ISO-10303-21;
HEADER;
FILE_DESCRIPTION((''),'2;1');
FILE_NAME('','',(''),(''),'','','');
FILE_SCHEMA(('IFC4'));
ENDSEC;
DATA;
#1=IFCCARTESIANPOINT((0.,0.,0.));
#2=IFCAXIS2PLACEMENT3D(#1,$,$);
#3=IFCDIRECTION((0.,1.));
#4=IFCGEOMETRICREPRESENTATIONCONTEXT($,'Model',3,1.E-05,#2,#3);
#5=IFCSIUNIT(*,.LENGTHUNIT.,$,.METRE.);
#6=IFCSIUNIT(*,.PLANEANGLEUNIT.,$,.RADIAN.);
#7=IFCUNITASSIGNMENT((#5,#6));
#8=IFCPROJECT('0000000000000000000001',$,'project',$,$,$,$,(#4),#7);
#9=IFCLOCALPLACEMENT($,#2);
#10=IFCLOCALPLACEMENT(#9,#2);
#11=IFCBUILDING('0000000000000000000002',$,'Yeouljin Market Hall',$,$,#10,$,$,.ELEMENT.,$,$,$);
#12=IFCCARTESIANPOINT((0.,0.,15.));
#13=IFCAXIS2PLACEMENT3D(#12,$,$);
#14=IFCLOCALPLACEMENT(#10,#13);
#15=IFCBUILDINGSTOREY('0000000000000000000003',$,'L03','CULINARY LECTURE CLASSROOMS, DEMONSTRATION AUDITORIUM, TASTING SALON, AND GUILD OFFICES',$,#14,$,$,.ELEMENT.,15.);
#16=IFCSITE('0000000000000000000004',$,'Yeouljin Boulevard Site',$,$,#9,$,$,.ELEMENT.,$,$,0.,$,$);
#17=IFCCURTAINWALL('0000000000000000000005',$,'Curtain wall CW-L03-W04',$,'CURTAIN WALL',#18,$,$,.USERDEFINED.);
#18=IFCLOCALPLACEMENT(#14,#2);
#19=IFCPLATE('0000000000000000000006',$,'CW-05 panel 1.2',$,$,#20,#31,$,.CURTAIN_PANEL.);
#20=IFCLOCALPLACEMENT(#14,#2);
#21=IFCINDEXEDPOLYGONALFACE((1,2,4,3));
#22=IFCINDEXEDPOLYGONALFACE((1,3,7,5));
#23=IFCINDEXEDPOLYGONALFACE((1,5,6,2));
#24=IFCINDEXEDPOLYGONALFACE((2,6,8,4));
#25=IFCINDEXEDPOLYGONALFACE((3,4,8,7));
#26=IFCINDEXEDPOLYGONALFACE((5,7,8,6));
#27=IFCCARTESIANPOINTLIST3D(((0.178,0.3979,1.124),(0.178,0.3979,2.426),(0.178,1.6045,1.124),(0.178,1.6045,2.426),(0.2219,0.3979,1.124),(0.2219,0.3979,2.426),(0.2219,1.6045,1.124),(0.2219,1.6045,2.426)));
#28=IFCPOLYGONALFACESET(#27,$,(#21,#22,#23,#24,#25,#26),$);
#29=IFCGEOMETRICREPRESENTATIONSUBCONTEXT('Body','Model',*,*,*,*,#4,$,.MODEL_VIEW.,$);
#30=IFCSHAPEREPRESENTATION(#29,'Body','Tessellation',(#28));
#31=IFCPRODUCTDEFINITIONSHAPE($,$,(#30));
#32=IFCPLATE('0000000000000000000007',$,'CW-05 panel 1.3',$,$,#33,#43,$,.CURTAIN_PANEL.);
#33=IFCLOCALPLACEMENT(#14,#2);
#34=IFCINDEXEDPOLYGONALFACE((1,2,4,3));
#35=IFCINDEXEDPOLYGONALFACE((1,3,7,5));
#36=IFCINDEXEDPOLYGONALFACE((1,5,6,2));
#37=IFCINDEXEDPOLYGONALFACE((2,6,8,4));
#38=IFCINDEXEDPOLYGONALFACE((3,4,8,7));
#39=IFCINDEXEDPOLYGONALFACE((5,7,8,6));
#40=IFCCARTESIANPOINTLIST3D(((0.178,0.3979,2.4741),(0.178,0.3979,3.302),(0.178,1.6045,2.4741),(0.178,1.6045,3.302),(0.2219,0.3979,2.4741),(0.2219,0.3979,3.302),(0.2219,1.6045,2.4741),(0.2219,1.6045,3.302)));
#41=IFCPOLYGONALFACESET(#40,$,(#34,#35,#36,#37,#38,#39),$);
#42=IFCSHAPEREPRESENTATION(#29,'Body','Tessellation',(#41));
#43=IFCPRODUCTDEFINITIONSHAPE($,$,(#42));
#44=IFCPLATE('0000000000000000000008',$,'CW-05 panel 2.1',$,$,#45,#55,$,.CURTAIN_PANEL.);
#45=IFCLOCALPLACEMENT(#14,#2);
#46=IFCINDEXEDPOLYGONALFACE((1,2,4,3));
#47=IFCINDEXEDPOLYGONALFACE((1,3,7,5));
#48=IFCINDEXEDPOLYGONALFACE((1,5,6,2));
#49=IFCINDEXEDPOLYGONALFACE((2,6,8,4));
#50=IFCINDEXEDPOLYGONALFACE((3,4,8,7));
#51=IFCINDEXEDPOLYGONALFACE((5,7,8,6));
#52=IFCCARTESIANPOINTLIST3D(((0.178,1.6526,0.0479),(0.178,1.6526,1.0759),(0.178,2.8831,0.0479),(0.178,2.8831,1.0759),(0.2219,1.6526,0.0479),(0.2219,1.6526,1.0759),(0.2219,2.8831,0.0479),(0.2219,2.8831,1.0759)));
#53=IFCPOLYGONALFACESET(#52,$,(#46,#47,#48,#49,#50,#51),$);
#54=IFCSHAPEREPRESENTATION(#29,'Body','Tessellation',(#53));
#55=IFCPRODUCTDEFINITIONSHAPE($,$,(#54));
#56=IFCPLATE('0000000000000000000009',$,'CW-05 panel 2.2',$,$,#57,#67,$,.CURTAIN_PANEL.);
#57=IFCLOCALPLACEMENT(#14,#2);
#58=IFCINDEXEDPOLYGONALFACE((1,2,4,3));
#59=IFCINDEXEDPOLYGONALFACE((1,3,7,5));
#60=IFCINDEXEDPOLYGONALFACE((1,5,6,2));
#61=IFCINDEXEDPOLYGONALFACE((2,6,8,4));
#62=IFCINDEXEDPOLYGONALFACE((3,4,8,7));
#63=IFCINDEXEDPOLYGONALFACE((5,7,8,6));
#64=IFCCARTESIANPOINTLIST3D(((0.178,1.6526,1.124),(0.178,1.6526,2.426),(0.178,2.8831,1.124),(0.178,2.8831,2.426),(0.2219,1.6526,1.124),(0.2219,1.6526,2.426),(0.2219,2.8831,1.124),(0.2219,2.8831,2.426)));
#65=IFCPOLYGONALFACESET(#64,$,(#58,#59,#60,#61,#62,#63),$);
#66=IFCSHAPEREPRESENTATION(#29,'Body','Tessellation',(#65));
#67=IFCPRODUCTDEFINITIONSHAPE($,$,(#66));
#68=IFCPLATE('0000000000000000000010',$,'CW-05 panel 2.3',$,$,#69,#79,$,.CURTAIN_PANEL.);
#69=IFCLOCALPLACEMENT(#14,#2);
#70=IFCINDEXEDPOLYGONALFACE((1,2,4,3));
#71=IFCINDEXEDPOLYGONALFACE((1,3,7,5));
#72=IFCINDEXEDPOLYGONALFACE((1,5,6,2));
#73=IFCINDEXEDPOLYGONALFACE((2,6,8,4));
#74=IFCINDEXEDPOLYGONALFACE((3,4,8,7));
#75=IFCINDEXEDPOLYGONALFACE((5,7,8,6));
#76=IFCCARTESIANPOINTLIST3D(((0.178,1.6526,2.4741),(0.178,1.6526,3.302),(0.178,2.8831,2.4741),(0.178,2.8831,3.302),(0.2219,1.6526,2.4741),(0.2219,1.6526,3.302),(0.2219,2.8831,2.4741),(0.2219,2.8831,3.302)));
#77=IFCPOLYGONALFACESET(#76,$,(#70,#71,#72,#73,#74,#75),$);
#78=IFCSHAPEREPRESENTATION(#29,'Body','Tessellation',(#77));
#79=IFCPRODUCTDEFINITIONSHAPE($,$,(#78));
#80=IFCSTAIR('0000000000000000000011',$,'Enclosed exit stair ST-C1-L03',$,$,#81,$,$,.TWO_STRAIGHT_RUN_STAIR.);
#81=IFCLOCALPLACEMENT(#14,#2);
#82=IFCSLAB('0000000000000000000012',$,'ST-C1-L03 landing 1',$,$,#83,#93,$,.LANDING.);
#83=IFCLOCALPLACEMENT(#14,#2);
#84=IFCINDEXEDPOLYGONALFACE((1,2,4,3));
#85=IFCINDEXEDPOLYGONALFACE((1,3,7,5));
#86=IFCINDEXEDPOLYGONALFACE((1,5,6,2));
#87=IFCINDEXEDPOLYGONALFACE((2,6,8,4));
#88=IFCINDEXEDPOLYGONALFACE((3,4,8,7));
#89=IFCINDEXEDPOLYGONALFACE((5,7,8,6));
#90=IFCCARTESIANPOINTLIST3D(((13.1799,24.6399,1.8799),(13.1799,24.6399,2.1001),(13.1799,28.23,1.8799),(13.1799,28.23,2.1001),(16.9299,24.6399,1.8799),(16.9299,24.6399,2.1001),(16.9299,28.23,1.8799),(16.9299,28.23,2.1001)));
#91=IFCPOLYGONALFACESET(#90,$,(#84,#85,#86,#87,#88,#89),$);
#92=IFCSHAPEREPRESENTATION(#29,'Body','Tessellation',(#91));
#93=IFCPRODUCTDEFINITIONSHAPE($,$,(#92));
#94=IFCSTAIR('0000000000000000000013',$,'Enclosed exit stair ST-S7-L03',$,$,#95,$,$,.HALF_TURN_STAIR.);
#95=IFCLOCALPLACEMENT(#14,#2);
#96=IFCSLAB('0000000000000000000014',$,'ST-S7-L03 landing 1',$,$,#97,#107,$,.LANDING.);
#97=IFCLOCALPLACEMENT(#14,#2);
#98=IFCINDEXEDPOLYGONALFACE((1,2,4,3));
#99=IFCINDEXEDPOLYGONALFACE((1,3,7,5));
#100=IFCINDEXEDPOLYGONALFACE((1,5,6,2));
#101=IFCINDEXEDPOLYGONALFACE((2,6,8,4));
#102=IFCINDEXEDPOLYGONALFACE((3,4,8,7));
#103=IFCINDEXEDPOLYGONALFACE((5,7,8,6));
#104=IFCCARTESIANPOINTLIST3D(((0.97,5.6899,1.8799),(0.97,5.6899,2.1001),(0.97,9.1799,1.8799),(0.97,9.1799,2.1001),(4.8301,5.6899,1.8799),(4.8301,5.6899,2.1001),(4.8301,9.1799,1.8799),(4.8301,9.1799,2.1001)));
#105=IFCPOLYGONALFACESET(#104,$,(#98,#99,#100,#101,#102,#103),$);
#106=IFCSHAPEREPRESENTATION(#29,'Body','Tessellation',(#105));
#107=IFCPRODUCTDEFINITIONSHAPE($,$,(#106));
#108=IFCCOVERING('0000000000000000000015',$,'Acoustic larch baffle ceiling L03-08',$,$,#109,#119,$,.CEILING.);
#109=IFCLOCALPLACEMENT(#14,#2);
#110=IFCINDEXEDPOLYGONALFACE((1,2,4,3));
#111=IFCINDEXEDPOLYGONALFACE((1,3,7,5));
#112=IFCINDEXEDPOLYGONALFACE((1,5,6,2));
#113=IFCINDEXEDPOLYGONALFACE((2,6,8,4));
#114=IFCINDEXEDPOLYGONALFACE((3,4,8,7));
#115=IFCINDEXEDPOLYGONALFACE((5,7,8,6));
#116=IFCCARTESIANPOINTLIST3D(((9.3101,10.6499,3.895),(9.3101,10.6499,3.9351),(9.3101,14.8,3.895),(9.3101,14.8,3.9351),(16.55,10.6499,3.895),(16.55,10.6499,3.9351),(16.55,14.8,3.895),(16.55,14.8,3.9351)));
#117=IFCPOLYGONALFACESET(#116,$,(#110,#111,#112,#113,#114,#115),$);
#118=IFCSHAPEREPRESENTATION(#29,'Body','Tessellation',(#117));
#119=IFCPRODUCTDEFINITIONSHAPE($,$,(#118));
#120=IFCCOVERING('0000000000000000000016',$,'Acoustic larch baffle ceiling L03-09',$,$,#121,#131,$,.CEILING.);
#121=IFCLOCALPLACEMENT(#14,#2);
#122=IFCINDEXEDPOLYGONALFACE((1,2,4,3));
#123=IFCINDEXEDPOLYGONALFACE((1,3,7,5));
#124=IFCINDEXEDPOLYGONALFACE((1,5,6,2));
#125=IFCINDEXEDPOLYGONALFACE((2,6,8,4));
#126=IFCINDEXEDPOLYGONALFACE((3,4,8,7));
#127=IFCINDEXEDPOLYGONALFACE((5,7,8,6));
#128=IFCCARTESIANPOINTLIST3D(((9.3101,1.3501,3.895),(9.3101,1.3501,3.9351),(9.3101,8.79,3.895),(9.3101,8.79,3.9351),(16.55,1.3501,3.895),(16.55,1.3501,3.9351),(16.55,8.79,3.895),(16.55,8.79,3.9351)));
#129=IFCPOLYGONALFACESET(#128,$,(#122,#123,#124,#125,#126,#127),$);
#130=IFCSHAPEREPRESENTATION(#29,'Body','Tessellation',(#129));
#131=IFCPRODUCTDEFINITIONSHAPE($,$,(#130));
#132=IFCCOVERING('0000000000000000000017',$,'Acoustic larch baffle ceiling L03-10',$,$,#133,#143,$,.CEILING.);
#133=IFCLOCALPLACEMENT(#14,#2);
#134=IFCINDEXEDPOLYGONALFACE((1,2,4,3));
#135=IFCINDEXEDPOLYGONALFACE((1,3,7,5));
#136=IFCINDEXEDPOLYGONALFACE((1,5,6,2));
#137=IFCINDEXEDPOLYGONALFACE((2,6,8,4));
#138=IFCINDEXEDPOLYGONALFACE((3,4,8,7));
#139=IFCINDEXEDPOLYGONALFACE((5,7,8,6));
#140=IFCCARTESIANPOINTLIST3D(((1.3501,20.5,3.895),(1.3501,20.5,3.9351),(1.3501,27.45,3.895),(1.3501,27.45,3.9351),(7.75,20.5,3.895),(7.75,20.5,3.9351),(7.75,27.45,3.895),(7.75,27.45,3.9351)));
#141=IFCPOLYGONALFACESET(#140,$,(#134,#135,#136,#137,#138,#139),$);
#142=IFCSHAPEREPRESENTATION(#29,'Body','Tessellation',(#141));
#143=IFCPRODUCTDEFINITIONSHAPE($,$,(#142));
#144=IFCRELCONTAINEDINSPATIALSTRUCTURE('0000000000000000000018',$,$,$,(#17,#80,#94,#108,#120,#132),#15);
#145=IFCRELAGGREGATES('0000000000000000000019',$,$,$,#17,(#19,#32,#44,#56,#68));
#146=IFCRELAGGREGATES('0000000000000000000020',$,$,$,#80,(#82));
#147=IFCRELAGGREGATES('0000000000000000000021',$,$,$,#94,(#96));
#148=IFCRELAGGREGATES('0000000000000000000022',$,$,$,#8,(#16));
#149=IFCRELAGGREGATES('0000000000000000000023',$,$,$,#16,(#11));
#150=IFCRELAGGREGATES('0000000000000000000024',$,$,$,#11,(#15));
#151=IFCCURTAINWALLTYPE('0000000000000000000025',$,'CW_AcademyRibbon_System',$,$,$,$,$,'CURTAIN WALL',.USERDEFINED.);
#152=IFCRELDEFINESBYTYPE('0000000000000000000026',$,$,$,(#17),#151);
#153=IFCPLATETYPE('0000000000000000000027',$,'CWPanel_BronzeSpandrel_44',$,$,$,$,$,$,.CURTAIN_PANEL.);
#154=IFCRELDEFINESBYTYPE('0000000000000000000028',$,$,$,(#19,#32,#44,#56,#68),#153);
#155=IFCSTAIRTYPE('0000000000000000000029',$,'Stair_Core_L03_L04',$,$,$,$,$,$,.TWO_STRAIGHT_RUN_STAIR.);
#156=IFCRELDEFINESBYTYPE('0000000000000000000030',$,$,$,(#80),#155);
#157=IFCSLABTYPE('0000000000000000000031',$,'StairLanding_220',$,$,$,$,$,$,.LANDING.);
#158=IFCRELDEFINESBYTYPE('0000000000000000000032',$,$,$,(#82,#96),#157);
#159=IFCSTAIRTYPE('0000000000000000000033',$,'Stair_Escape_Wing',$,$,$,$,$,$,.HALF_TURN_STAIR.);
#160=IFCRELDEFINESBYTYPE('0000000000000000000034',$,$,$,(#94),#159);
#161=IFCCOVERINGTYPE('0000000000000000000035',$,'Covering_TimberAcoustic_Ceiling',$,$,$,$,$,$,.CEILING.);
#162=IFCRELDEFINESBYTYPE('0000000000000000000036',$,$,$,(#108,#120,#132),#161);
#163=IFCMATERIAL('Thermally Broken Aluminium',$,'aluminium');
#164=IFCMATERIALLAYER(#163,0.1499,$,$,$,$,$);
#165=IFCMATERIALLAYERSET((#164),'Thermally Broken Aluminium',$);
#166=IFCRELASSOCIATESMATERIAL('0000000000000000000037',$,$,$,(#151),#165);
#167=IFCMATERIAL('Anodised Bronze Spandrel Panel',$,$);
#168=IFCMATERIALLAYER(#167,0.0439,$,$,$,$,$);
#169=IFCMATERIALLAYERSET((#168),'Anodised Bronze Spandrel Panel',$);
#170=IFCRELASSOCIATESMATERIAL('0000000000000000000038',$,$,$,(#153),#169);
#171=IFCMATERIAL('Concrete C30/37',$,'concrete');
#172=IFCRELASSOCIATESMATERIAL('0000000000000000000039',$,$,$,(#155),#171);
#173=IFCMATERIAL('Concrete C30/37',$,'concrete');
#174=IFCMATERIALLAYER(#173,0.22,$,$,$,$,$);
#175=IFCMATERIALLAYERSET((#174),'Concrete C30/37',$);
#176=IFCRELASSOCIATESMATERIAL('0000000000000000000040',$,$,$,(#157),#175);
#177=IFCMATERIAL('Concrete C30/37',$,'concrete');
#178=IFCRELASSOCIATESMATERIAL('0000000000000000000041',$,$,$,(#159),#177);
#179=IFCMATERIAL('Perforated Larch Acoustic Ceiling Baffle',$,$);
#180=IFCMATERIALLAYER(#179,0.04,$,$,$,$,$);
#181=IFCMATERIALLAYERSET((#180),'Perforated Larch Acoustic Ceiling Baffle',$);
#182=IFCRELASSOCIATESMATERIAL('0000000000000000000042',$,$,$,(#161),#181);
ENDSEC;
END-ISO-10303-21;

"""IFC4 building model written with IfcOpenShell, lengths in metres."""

from ifc_helpers import new_model, si_unit, direction, frame, origin, origin_2d, place, context, subcontext, project, spatial, polyline, rectangle, outline, extrude, material, layer, layer_set, type_object, element, aggregate, save


model = new_model("IFC4")

# Units and contexts
model_context = context("Model", 3, precision=1e-05, world=origin(), true_north=direction((0.0, 1.0)))
body_context = subcontext(model_context, "Body", "Model", "MODEL_VIEW")
ifc_project = project(units=[si_unit("LENGTHUNIT", "METRE"), si_unit("PLANEANGLEUNIT", "RADIAN")], contexts=[model_context])

# Site, building, storey
site_placement = place(None, origin())
site = spatial("IfcSite", under=ifc_project, at=site_placement, Name="Yeouljin Boulevard Site", CompositionType="ELEMENT", RefElevation=0.0)
building_placement = place(site_placement, origin())
building = spatial("IfcBuilding", under=site, at=building_placement, Name="Yeouljin Market Hall", CompositionType="ELEMENT")
storey_placement = place(building_placement, frame((0.0, 0.0, 15.0)))
storey = spatial("IfcBuildingStorey", under=building, at=storey_placement, Name="L03", Description="CULINARY LECTURE CLASSROOMS, DEMONSTRATION AUDITORIUM, TASTING SALON, AND GUILD OFFICES", CompositionType="ELEMENT", Elevation=15.0)

# Curtain wall, plates
ifc_material_1 = material(Name="Thermally Broken Aluminium", Category="aluminium")
ifc_layer_1 = layer(ifc_material_1, 0.1499)
ifc_layer_set_1 = layer_set([ifc_layer_1], Name="Thermally Broken Aluminium")
curtain_wall_type = type_object("IfcCurtainWallType", Name="CW_AcademyRibbon_System", ElementType="CURTAIN WALL", PredefinedType="USERDEFINED", material=ifc_layer_set_1)
curtain_wall_placement = place(storey_placement, origin())
curtain_wall = element("IfcCurtainWall", 1, at=curtain_wall_placement, inside=storey, type_object=curtain_wall_type, Name="Curtain wall CW-L03-W04", ObjectType="CURTAIN WALL", PredefinedType="USERDEFINED")
ifc_material_2 = material(Name="Anodised Bronze Spandrel Panel")
ifc_layer_2 = layer(ifc_material_2, 0.0439)
ifc_layer_set_2 = layer_set([ifc_layer_2], Name="Anodised Bronze Spandrel Panel")
plate_type = type_object("IfcPlateType", Name="CWPanel_BronzeSpandrel_44", PredefinedType="CURTAIN_PANEL", material=ifc_layer_set_2)
plate_1_placement = place(storey_placement, frame((0.2, 1.0012, 1.124), z_axis=(0.0, 0.0, 1.0), x_axis=(0.0, 1.0, 0.0)))
plate_1 = element("IfcPlate", 2, at=plate_1_placement, type_object=plate_type, Name="CW-05 panel 1.2", PredefinedType="CURTAIN_PANEL", context=body_context, shape_type="SweptSolid", body=[
    extrude(rectangle(XDim=1.2065, YDim=0.0439, at=origin_2d()), origin(), (0.0, 0.0, 1.0), 1.302),
])
plate_2_placement = place(storey_placement, frame((0.2, 1.0012, 2.4741), z_axis=(0.0, 0.0, 1.0), x_axis=(0.0, 1.0, 0.0)))
plate_2 = element("IfcPlate", 3, at=plate_2_placement, type_object=plate_type, Name="CW-05 panel 1.3", PredefinedType="CURTAIN_PANEL", context=body_context, shape_type="SweptSolid", body=[
    extrude(rectangle(XDim=1.2065, YDim=0.0439, at=origin_2d()), origin(), (0.0, 0.0, 1.0), 0.8279),
])
plate_3_placement = place(storey_placement, frame((0.2, 2.2678, 0.0479), z_axis=(0.0, 0.0, 1.0), x_axis=(0.0, 1.0, 0.0)))
plate_3 = element("IfcPlate", 4, at=plate_3_placement, type_object=plate_type, Name="CW-05 panel 2.1", PredefinedType="CURTAIN_PANEL", context=body_context, shape_type="SweptSolid", body=[
    extrude(rectangle(XDim=1.2305, YDim=0.0439, at=origin_2d()), origin(), (0.0, 0.0, 1.0), 1.0281),
])
plate_4_placement = place(storey_placement, frame((0.2, 2.2678, 1.124), z_axis=(0.0, 0.0, 1.0), x_axis=(0.0, 1.0, 0.0)))
plate_4 = element("IfcPlate", 5, at=plate_4_placement, type_object=plate_type, Name="CW-05 panel 2.2", PredefinedType="CURTAIN_PANEL", context=body_context, shape_type="SweptSolid", body=[
    extrude(rectangle(XDim=1.2305, YDim=0.0439, at=origin_2d()), origin(), (0.0, 0.0, 1.0), 1.302),
])
plate_5_placement = place(storey_placement, frame((0.2, 2.2678, 2.4741), z_axis=(0.0, 0.0, 1.0), x_axis=(0.0, 1.0, 0.0)))
plate_5 = element("IfcPlate", 6, at=plate_5_placement, type_object=plate_type, Name="CW-05 panel 2.3", PredefinedType="CURTAIN_PANEL", context=body_context, shape_type="SweptSolid", body=[
    extrude(rectangle(XDim=1.2305, YDim=0.0439, at=origin_2d()), origin(), (0.0, 0.0, 1.0), 0.8279),
])
aggregate(curtain_wall, [plate_1, plate_2, plate_3, plate_4, plate_5])

# Stairs, slabs
ifc_material_3 = material(Name="Concrete C30/37", Category="concrete")
stair_type_1 = type_object("IfcStairType", Name="Stair_Core_L03_L04", PredefinedType="TWO_STRAIGHT_RUN_STAIR", material=ifc_material_3)
stair_1_placement = place(storey_placement, origin())
stair_1 = element("IfcStair", 7, at=stair_1_placement, inside=storey, type_object=stair_type_1, Name="Enclosed exit stair ST-C1-L03", PredefinedType="TWO_STRAIGHT_RUN_STAIR")
ifc_material_4 = material(Name="Concrete C30/37", Category="concrete")
ifc_layer_3 = layer(ifc_material_4, 0.22)
ifc_layer_set_3 = layer_set([ifc_layer_3], Name="Concrete C30/37")
slab_type = type_object("IfcSlabType", Name="StairLanding_220", PredefinedType="LANDING", material=ifc_layer_set_3)
slab_1_placement = place(storey_placement, frame((0.0, 0.0, 1.8799)))
slab_1 = element("IfcSlab", 8, at=slab_1_placement, type_object=slab_type, Name="ST-C1-L03 landing 1", PredefinedType="LANDING", context=body_context, shape_type="SweptSolid", body=[
    extrude(outline(polyline([(13.1799, 24.6399), (16.9299, 24.6399), (16.9299, 28.23), (13.1799, 28.23), (13.1799, 24.6399)])), origin(), (0.0, 0.0, 1.0), 0.2202),
])
aggregate(stair_1, [slab_1])
ifc_material_5 = material(Name="Concrete C30/37", Category="concrete")
stair_type_2 = type_object("IfcStairType", Name="Stair_Escape_Wing", PredefinedType="HALF_TURN_STAIR", material=ifc_material_5)
stair_2_placement = place(storey_placement, origin())
stair_2 = element("IfcStair", 9, at=stair_2_placement, inside=storey, type_object=stair_type_2, Name="Enclosed exit stair ST-S7-L03", PredefinedType="HALF_TURN_STAIR")
slab_2_placement = place(storey_placement, frame((0.0, 0.0, 1.8799)))
slab_2 = element("IfcSlab", 10, at=slab_2_placement, type_object=slab_type, Name="ST-S7-L03 landing 1", PredefinedType="LANDING", context=body_context, shape_type="SweptSolid", body=[
    extrude(outline(polyline([(0.97, 5.6899), (4.8301, 5.6899), (4.8301, 9.1799), (0.97, 9.1799), (0.97, 5.6899)])), origin(), (0.0, 0.0, 1.0), 0.2202),
])
aggregate(stair_2, [slab_2])

# Coverings
ifc_material_6 = material(Name="Perforated Larch Acoustic Ceiling Baffle")
ifc_layer_4 = layer(ifc_material_6, 0.04)
ifc_layer_set_4 = layer_set([ifc_layer_4], Name="Perforated Larch Acoustic Ceiling Baffle")
covering_type = type_object("IfcCoveringType", Name="Covering_TimberAcoustic_Ceiling", PredefinedType="CEILING", material=ifc_layer_set_4)
covering_1_placement = place(storey_placement, frame((0.0, 0.0, 3.895)))
element("IfcCovering", 11, at=covering_1_placement, inside=storey, type_object=covering_type, Name="Acoustic larch baffle ceiling L03-08", PredefinedType="CEILING", context=body_context, shape_type="SweptSolid", body=[
    extrude(outline(polyline([(16.55, 10.6499), (16.55, 14.8), (9.3101, 14.8), (9.3101, 10.6499), (16.55, 10.6499)])), origin(), (0.0, 0.0, 1.0), 0.04),
])
covering_2_placement = place(storey_placement, frame((0.0, 0.0, 3.895)))
element("IfcCovering", 12, at=covering_2_placement, inside=storey, type_object=covering_type, Name="Acoustic larch baffle ceiling L03-09", PredefinedType="CEILING", context=body_context, shape_type="SweptSolid", body=[
    extrude(outline(polyline([(16.55, 1.3501), (16.55, 8.79), (9.3101, 8.79), (9.3101, 1.3501), (16.55, 1.3501)])), origin(), (0.0, 0.0, 1.0), 0.04),
])
covering_3_placement = place(storey_placement, frame((0.0, 0.0, 3.895)))
element("IfcCovering", 13, at=covering_3_placement, inside=storey, type_object=covering_type, Name="Acoustic larch baffle ceiling L03-10", PredefinedType="CEILING", context=body_context, shape_type="SweptSolid", body=[
    extrude(outline(polyline([(7.75, 20.5), (7.75, 27.45), (1.3501, 27.45), (1.3501, 20.5), (7.75, 20.5)])), origin(), (0.0, 0.0, 1.0), 0.04),
])

save(model, "model.ifc")
